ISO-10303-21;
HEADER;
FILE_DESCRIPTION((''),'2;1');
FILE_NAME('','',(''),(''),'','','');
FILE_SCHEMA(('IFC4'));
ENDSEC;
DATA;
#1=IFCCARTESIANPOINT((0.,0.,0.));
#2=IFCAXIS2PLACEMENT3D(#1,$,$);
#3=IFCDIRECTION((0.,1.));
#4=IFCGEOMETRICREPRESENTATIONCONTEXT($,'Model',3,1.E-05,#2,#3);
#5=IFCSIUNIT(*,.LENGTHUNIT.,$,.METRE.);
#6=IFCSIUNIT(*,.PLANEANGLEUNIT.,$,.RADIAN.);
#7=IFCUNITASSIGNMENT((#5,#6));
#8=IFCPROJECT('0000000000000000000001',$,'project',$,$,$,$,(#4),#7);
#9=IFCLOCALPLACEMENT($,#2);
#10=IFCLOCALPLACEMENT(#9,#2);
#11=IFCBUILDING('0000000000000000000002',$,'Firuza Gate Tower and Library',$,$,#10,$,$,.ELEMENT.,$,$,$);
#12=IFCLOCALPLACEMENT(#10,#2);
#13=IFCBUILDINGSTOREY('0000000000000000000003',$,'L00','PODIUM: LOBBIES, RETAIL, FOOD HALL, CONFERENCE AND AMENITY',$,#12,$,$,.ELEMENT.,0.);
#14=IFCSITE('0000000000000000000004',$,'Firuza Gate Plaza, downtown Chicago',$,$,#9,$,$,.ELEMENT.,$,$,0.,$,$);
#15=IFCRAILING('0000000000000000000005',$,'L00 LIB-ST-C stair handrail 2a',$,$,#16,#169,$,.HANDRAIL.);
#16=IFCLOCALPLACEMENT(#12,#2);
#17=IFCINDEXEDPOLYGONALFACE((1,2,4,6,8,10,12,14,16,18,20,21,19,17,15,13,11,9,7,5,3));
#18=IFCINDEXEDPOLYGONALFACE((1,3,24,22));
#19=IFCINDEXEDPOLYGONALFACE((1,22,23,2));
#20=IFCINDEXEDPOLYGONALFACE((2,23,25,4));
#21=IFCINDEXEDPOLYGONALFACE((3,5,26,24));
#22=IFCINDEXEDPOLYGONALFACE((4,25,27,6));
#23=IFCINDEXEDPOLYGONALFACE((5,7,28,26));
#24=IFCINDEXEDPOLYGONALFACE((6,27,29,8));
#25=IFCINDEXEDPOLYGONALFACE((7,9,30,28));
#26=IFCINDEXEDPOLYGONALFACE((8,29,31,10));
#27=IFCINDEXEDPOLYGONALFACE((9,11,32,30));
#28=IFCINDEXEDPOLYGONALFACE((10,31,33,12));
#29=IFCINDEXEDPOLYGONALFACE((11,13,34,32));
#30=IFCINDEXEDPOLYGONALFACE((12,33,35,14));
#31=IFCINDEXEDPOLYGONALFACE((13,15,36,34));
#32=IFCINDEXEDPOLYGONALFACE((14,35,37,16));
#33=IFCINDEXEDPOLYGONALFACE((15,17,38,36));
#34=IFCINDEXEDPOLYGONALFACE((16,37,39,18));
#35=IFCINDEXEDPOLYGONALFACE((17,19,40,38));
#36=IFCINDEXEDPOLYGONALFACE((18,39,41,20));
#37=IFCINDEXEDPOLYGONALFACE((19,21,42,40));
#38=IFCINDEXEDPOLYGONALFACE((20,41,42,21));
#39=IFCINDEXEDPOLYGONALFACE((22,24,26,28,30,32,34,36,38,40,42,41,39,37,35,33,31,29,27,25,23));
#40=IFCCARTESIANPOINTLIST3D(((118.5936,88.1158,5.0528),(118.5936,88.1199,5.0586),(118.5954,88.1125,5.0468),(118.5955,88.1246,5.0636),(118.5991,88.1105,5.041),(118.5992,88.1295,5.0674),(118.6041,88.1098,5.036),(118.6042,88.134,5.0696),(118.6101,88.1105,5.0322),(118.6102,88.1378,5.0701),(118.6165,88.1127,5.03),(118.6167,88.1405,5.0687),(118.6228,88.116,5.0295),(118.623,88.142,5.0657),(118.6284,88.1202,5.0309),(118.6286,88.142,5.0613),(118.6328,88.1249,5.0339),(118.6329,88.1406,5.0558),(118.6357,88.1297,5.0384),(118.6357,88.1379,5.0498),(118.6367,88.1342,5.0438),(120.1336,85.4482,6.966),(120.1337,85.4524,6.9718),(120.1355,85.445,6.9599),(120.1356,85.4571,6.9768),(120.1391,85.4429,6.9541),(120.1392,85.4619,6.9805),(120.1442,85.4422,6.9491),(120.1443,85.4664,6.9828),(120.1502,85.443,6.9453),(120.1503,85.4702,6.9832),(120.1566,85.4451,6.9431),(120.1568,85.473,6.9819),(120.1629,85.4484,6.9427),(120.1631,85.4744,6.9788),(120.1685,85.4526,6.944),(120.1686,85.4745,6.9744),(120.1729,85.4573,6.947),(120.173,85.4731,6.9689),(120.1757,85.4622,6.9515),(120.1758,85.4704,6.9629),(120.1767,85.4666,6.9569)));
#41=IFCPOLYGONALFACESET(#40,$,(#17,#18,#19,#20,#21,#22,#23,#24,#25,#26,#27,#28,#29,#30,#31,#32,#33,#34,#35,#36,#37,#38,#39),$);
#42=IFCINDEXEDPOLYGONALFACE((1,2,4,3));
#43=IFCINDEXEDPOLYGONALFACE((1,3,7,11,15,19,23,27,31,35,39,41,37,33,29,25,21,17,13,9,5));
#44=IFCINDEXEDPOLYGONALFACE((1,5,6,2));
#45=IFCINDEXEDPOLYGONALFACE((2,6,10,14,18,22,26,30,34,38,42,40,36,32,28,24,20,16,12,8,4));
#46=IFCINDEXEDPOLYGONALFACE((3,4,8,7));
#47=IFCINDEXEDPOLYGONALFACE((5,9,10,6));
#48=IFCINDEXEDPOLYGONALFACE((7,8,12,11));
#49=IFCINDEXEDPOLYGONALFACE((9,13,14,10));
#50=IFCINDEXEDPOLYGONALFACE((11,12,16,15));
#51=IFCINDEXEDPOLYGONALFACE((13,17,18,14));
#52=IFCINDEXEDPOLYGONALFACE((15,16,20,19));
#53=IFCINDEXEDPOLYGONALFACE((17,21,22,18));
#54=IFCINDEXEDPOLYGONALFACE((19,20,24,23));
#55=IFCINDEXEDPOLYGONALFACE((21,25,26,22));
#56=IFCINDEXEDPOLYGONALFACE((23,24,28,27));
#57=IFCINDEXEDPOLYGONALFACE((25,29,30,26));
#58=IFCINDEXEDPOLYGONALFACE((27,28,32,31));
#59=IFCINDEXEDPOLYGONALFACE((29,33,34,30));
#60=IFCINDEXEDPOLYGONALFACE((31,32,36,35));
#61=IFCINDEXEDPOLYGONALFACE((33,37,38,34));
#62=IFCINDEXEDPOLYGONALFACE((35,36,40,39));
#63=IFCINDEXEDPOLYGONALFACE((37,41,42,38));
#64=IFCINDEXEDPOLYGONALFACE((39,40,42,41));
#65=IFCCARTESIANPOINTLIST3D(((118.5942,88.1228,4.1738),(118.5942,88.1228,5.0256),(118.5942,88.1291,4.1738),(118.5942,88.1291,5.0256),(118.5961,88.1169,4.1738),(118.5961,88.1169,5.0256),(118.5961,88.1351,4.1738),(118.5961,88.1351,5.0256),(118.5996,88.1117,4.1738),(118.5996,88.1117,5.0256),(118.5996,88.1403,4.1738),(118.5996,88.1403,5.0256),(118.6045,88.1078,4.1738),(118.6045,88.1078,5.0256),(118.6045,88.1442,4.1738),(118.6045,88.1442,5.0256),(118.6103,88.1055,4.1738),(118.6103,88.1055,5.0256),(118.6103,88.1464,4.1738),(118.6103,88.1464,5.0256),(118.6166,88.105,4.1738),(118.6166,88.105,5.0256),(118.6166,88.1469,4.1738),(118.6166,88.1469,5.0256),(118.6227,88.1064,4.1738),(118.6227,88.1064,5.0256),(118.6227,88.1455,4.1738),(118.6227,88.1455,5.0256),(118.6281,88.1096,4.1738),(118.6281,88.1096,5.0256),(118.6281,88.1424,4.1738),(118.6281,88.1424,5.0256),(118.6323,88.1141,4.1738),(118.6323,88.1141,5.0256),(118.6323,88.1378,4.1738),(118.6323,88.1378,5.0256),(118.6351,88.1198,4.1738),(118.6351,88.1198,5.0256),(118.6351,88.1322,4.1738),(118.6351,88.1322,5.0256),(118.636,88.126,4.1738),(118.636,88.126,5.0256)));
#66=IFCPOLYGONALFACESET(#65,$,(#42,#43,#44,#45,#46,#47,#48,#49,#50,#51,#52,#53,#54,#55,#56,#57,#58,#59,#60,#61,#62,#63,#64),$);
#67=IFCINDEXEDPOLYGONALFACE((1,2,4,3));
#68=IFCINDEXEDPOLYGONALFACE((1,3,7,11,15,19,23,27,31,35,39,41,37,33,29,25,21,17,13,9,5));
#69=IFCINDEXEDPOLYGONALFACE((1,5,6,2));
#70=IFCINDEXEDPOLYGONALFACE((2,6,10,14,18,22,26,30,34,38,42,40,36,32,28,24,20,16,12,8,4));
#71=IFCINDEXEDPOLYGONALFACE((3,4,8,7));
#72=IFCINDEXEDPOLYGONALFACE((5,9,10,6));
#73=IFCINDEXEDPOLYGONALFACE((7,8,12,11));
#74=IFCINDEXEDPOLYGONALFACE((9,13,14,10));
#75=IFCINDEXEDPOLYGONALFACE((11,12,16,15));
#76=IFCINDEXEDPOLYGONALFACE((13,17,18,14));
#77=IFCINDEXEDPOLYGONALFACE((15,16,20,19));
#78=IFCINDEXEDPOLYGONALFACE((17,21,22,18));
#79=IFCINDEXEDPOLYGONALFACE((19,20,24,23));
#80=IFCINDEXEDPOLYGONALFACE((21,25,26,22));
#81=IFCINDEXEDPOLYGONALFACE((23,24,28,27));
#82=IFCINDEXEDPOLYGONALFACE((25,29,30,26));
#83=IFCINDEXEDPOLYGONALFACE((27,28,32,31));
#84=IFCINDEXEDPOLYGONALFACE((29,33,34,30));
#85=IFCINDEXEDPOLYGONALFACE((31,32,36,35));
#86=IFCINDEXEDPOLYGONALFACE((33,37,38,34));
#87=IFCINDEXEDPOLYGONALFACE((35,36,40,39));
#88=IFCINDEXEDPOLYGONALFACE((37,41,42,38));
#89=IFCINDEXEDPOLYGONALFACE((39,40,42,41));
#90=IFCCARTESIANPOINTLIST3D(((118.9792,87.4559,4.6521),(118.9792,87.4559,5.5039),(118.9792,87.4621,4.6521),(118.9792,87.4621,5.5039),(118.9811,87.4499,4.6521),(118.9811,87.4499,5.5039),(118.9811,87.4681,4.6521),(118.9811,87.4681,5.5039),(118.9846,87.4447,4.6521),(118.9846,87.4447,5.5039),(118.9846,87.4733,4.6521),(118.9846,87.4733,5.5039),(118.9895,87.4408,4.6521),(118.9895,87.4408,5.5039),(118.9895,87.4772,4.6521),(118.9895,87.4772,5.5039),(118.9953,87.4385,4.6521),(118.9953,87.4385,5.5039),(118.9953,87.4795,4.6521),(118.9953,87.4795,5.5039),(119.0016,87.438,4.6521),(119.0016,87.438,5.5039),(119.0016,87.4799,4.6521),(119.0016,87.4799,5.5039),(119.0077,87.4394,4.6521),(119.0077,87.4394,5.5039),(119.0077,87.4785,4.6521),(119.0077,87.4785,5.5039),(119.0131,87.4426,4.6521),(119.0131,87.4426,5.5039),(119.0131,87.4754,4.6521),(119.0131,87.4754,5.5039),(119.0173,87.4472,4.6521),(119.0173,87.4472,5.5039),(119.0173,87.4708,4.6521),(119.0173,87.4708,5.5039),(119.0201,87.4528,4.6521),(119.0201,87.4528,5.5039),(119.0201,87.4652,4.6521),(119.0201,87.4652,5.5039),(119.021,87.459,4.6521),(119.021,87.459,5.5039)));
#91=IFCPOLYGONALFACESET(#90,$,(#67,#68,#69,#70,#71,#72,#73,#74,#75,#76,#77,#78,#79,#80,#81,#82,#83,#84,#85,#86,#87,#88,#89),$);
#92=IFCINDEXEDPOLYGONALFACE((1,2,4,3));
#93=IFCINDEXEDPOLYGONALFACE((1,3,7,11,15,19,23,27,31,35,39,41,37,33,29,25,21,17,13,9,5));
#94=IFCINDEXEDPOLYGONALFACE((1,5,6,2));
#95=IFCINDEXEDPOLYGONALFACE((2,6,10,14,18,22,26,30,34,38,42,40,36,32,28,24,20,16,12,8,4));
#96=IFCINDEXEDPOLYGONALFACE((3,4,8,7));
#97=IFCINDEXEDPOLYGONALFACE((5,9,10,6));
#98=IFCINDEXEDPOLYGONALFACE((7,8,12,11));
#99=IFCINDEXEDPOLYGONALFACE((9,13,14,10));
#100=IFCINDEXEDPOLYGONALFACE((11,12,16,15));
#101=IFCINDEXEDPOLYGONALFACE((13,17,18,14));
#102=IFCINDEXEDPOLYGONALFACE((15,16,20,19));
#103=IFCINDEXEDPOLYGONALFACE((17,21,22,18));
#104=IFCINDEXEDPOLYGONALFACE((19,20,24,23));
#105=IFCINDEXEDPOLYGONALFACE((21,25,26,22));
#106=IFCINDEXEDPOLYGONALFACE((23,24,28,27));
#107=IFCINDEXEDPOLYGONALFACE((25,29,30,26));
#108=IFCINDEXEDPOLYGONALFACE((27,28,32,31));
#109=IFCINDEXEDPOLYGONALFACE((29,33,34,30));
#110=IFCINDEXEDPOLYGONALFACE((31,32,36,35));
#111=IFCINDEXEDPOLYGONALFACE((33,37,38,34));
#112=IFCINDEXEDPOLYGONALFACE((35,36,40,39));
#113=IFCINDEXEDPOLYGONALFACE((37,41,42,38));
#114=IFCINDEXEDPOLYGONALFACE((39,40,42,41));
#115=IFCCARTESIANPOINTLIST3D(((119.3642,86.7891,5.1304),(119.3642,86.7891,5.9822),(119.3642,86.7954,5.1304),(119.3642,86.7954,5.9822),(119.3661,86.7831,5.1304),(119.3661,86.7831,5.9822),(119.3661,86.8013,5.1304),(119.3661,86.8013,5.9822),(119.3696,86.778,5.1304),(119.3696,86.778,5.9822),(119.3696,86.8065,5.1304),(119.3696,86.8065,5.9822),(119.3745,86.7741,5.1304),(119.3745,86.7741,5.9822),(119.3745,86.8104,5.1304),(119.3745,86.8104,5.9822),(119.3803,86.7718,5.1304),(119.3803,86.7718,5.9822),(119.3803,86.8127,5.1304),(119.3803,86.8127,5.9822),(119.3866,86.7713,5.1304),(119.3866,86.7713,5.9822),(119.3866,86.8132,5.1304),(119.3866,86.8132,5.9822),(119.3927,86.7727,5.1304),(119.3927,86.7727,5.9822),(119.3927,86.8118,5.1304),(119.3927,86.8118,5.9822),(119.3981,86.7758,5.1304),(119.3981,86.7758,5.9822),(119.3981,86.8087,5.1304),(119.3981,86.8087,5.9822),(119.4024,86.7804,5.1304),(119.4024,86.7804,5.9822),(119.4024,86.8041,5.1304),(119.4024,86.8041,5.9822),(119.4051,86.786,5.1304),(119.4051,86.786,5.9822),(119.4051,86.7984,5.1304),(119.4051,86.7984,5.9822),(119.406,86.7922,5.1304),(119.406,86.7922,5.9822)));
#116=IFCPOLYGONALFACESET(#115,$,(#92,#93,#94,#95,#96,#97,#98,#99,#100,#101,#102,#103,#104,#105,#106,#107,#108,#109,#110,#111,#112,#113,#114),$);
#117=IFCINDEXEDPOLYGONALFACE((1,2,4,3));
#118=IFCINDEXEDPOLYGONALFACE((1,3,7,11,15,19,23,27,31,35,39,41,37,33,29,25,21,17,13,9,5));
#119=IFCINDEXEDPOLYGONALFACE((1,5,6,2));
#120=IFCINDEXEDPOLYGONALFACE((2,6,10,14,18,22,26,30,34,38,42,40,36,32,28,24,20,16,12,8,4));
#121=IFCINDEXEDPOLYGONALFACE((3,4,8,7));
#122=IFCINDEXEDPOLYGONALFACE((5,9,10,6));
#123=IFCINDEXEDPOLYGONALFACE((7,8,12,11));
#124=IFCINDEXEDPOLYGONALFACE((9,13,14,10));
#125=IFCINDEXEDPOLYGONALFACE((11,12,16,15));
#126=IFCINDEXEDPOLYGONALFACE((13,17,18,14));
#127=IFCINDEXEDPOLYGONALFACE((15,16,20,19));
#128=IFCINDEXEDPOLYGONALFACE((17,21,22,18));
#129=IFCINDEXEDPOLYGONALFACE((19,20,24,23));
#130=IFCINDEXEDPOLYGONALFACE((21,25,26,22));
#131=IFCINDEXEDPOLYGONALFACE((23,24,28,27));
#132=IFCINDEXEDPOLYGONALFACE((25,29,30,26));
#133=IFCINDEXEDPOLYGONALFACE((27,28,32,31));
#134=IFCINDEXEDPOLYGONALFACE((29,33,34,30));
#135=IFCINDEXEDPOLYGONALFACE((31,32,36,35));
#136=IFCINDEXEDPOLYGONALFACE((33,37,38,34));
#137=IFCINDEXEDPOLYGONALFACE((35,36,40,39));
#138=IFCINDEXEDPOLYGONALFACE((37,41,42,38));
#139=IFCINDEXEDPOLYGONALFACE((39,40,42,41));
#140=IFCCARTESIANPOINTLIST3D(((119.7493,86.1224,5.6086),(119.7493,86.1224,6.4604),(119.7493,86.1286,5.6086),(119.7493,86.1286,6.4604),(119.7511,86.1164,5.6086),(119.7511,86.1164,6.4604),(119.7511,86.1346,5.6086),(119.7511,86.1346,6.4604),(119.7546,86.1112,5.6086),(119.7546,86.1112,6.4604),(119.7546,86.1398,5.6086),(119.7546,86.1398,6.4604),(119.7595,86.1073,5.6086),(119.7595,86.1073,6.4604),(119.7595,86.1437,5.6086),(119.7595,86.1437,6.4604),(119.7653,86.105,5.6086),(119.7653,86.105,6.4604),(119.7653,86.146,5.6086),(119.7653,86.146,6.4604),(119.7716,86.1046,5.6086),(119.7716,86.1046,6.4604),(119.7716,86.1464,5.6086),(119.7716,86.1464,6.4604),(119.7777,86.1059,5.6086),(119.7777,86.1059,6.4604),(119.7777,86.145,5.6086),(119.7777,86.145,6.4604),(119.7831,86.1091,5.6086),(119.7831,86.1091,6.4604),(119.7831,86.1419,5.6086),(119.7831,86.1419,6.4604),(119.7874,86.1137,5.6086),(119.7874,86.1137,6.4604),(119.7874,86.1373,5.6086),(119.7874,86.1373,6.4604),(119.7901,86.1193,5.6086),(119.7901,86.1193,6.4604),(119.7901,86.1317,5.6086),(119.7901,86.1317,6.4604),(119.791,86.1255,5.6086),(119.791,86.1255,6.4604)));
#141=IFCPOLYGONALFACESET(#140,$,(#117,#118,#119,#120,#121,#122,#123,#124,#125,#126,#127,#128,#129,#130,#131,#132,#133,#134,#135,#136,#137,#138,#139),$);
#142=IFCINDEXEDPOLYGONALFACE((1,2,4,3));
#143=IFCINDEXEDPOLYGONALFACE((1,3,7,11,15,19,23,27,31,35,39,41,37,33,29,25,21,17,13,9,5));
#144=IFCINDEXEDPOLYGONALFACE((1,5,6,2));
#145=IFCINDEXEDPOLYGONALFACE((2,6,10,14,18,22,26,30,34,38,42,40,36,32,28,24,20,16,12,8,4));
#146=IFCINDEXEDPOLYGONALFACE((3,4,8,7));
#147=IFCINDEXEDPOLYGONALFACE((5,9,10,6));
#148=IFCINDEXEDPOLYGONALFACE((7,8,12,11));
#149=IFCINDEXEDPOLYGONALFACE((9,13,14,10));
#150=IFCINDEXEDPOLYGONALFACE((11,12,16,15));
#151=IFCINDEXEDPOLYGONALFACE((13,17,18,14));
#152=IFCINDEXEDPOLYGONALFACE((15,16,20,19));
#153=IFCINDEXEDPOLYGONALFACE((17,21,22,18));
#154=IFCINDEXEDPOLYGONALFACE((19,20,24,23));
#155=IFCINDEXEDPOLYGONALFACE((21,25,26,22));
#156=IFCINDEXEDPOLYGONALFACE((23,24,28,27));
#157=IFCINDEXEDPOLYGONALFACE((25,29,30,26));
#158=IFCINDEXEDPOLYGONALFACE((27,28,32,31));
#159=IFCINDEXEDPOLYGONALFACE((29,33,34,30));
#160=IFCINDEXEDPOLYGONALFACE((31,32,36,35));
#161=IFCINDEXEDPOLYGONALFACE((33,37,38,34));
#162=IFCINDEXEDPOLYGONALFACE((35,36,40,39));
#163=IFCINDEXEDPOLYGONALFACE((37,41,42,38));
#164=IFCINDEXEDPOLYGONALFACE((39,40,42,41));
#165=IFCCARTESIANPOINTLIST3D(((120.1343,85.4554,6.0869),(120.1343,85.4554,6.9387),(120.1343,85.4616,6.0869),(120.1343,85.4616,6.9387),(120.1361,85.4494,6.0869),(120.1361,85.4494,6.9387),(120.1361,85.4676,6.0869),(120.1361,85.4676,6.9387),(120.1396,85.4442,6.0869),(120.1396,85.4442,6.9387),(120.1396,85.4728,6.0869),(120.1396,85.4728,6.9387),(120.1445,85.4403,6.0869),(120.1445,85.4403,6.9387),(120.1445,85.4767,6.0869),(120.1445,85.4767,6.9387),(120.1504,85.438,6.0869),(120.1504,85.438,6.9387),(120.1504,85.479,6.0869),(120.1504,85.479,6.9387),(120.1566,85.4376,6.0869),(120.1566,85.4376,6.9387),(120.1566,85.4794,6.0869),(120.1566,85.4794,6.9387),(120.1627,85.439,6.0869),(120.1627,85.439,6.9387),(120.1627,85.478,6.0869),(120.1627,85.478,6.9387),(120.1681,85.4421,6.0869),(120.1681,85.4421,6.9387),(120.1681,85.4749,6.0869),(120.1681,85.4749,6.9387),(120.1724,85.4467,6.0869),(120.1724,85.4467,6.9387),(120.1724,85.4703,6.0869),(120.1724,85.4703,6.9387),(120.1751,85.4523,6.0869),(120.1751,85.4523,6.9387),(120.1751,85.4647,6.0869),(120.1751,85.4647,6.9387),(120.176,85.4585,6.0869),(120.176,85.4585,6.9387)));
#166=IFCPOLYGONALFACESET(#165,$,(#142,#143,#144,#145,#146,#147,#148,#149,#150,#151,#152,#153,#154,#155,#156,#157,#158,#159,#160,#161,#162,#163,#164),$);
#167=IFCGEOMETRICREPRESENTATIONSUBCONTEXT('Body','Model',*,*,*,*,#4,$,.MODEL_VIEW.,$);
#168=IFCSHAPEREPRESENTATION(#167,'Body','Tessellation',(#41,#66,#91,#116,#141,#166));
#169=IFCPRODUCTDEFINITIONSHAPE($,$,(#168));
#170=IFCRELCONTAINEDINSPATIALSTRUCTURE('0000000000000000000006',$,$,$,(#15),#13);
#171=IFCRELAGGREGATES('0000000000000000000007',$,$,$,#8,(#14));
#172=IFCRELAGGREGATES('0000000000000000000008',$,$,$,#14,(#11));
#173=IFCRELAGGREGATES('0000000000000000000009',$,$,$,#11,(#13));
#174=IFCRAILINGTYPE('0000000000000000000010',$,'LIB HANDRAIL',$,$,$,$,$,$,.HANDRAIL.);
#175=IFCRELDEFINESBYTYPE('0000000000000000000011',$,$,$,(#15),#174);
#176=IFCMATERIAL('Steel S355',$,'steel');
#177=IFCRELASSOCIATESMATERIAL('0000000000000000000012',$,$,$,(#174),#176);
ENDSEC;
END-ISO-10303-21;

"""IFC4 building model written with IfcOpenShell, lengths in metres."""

from ifc_helpers import new_model, si_unit, direction, frame, origin, origin_2d, place, context, subcontext, project, spatial, circle, extrude, material, type_object, element, save


model = new_model("IFC4")

# Units and contexts
model_context = context("Model", 3, precision=1e-05, world=origin(), true_north=direction((0.0, 1.0)))
body_context = subcontext(model_context, "Body", "Model", "MODEL_VIEW")
ifc_project = project(units=[si_unit("LENGTHUNIT", "METRE"), si_unit("PLANEANGLEUNIT", "RADIAN")], contexts=[model_context])

# Site, building, storey
site_placement = place(None, origin())
site = spatial("IfcSite", under=ifc_project, at=site_placement, Name="Firuza Gate Plaza, downtown Chicago", CompositionType="ELEMENT", RefElevation=0.0)
building_placement = place(site_placement, origin())
building = spatial("IfcBuilding", under=site, at=building_placement, Name="Firuza Gate Tower and Library", CompositionType="ELEMENT")
storey_placement = place(building_placement, origin())
storey = spatial("IfcBuildingStorey", under=building, at=storey_placement, Name="L00", Description="PODIUM: LOBBIES, RETAIL, FOOD HALL, CONFERENCE AND AMENITY", CompositionType="ELEMENT", Elevation=0.0)

# Railing
ifc_material_1 = material(Name="Steel S355", Category="steel")
railing_type_1 = type_object("IfcRailingType", Name="LIB HANDRAIL", PredefinedType="HANDRAIL", material=ifc_material_1)
railing_1_placement = place(storey_placement, frame((118.615, 88.126, 4.1738)))
element("IfcRailing", 1, at=railing_1_placement, inside=storey, type_object=railing_type_1, Name="L00 LIB-ST-C stair handrail 2a", PredefinedType="HANDRAIL", context=body_context, shape_type="SweptSolid", body=[
    extrude(circle(Radius=0.0239, at=origin_2d()), frame((0.0, 0.0, 0.876), z_axis=(0.424734, -0.735676, 0.527618), x_axis=(0.86603, 0.499992, 0.0)), (0.0, 0.0, 1.0), 3.626),
    extrude(circle(Radius=0.021, at=origin_2d()), origin(), (0.0, 0.0, 1.0), 0.8518),
    extrude(circle(Radius=0.021, at=origin_2d()), frame((0.385, -0.667, 0.4783)), (0.0, 0.0, 1.0), 0.8518),
    extrude(circle(Radius=0.021, at=origin_2d()), frame((0.77, -1.3337, 0.9565)), (0.0, 0.0, 1.0), 0.8518),
    extrude(circle(Radius=0.021, at=origin_2d()), frame((1.155, -2.0005, 1.4348)), (0.0, 0.0, 1.0), 0.8518),
    extrude(circle(Radius=0.021, at=origin_2d()), frame((1.54, -2.6675, 1.9131)), (0.0, 0.0, 1.0), 0.8518),
])

save(model, "model.ifc")
